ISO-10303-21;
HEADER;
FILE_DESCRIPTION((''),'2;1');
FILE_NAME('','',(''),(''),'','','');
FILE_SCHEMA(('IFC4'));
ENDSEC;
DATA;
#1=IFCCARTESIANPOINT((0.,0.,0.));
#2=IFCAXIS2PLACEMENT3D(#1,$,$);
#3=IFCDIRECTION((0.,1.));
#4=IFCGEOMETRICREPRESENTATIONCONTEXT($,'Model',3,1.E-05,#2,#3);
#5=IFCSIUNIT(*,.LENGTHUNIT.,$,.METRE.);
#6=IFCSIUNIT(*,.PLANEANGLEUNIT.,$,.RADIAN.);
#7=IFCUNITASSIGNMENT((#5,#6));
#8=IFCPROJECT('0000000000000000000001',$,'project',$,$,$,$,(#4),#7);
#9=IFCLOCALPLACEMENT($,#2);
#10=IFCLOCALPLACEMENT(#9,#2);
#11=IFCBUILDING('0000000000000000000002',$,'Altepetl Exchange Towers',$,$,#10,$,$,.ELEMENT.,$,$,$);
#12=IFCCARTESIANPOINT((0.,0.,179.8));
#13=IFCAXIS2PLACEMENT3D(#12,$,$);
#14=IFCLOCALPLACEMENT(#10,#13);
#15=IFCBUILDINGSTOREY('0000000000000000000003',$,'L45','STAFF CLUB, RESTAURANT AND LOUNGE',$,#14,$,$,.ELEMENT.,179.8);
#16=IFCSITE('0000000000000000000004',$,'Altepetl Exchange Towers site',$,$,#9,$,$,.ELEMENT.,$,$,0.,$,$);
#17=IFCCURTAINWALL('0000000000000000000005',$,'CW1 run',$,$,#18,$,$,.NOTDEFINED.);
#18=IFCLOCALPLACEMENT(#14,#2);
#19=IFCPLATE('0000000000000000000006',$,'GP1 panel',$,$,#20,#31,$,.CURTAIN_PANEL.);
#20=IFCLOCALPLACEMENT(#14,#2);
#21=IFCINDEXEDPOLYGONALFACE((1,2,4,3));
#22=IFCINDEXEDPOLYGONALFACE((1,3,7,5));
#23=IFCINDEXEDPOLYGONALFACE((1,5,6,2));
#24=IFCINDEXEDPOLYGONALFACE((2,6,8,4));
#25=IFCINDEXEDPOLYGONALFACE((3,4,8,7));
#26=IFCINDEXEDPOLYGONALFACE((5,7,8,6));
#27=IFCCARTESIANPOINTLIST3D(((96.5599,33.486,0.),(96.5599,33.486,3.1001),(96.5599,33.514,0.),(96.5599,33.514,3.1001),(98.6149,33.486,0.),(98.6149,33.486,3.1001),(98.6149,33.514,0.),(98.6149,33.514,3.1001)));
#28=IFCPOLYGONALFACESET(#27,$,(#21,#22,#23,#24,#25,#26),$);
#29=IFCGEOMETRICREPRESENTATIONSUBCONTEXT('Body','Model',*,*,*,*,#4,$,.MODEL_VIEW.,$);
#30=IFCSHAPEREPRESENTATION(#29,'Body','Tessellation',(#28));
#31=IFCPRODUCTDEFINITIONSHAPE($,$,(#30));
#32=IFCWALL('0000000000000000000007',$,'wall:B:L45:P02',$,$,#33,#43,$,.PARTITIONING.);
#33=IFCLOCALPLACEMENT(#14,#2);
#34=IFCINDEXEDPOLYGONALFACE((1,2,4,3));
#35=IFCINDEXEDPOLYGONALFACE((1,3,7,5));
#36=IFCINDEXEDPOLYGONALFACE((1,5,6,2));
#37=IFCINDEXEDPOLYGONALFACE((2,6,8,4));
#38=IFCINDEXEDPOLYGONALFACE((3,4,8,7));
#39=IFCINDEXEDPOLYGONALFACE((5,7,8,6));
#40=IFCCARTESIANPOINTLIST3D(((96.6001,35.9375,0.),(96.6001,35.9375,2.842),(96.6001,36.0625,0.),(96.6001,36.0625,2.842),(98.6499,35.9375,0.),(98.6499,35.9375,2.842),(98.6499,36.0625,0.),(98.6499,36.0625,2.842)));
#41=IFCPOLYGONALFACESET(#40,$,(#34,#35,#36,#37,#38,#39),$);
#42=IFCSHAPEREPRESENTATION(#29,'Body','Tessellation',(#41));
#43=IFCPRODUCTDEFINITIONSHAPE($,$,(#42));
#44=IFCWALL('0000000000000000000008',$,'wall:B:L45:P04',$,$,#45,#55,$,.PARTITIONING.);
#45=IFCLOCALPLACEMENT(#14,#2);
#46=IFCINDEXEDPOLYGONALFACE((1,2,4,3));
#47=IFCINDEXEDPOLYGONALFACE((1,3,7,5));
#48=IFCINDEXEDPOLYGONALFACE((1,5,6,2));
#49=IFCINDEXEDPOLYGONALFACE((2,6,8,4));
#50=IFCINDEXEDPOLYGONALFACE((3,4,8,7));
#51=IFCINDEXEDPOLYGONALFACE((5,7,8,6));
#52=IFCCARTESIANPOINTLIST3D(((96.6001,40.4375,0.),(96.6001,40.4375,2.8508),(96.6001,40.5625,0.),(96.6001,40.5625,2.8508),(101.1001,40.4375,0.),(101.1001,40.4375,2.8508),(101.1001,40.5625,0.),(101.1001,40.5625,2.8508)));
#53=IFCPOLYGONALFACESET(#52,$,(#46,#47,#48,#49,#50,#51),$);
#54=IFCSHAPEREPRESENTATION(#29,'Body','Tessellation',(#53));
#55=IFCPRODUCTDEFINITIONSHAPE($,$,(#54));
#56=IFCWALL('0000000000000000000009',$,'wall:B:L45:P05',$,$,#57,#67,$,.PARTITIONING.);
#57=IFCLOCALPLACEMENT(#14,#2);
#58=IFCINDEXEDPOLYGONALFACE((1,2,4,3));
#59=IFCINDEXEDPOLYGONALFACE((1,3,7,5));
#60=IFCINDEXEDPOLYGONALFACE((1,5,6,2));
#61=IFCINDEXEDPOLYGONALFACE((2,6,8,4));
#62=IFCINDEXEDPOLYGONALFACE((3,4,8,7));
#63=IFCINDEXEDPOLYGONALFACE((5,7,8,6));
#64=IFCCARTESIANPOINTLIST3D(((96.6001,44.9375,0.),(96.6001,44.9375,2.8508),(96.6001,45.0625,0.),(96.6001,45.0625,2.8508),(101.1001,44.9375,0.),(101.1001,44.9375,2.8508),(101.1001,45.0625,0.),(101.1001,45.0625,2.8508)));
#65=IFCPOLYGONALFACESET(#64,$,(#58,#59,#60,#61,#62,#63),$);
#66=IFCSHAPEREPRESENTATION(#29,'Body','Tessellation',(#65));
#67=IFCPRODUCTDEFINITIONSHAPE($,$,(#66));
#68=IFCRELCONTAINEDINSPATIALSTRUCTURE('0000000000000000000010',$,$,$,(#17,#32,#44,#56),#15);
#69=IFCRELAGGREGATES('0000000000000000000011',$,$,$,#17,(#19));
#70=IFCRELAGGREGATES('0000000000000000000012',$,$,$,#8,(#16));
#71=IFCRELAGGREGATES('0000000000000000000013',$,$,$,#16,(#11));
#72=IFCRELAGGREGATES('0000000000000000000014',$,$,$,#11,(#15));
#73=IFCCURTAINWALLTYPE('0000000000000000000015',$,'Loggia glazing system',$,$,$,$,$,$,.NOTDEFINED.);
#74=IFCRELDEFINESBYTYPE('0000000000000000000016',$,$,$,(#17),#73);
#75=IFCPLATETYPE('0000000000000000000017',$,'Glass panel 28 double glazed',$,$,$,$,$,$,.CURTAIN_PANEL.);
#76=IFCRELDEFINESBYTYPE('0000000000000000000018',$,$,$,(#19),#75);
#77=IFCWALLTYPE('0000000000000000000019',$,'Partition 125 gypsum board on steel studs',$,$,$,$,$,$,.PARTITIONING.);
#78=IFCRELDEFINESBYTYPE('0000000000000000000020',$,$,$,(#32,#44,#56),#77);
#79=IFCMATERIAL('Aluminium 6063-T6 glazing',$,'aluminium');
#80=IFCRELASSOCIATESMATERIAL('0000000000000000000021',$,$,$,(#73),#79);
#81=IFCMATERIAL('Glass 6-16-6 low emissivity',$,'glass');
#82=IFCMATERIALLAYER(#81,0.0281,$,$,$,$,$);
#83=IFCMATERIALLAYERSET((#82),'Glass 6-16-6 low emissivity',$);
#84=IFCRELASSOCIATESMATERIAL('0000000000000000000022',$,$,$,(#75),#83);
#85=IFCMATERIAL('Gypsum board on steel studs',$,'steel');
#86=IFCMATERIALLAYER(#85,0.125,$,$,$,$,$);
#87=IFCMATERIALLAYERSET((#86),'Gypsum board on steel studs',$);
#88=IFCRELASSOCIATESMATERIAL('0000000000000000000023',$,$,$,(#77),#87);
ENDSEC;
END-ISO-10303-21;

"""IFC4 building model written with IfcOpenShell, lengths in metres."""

from ifc_helpers import new_model, si_unit, direction, frame, frame_2d, origin, origin_2d, place, context, subcontext, project, spatial, rectangle, extrude, material, layer, layer_set, type_object, element, aggregate, save


model = new_model("IFC4")

# Units and contexts
model_context = context("Model", 3, precision=1e-05, world=origin(), true_north=direction((0.0, 1.0)))
body_context = subcontext(model_context, "Body", "Model", "MODEL_VIEW")
ifc_project = project(units=[si_unit("LENGTHUNIT", "METRE"), si_unit("PLANEANGLEUNIT", "RADIAN")], contexts=[model_context])

# Site, building, storey
site_placement = place(None, origin())
site = spatial("IfcSite", under=ifc_project, at=site_placement, Name="Altepetl Exchange Towers site", CompositionType="ELEMENT", RefElevation=0.0)
building_placement = place(site_placement, origin())
building = spatial("IfcBuilding", under=site, at=building_placement, Name="Altepetl Exchange Towers", CompositionType="ELEMENT")
storey_placement = place(building_placement, frame((0.0, 0.0, 179.8)))
storey = spatial("IfcBuildingStorey", under=building, at=storey_placement, Name="L45", Description="STAFF CLUB, RESTAURANT AND LOUNGE", CompositionType="ELEMENT", Elevation=179.8)

# Curtain wall
ifc_material_1 = material(Name="Aluminium 6063-T6 glazing", Category="aluminium")
curtain_wall_type = type_object("IfcCurtainWallType", Name="Loggia glazing system", PredefinedType="NOTDEFINED", material=ifc_material_1)
curtain_wall_1_placement = place(storey_placement, origin())
curtain_wall_1 = element("IfcCurtainWall", 1, at=curtain_wall_1_placement, inside=storey, type_object=curtain_wall_type, Name="CW1 run", PredefinedType="NOTDEFINED")

# Plate
ifc_material_2 = material(Name="Glass 6-16-6 low emissivity", Category="glass")
ifc_layer_1 = layer(ifc_material_2, 0.0281)
ifc_layer_set_1 = layer_set([ifc_layer_1], Name="Glass 6-16-6 low emissivity")
plate_type = type_object("IfcPlateType", Name="Glass panel 28 double glazed", PredefinedType="CURTAIN_PANEL", material=ifc_layer_set_1)
plate_1_placement = place(storey_placement, frame((97.5874, 33.5, 0.0)))
plate_1 = element("IfcPlate", 2, at=plate_1_placement, type_object=plate_type, Name="GP1 panel", PredefinedType="CURTAIN_PANEL", context=body_context, shape_type="SweptSolid", body=[
    extrude(rectangle(XDim=2.0549, YDim=0.0281, at=origin_2d()), origin(), (0.0, 0.0, 1.0), 3.1001),
])
aggregate(curtain_wall_1, [plate_1])

# Walls
ifc_material_3 = material(Name="Gypsum board on steel studs", Category="steel")
ifc_layer_2 = layer(ifc_material_3, 0.125)
ifc_layer_set_2 = layer_set([ifc_layer_2], Name="Gypsum board on steel studs")
wall_type = type_object("IfcWallType", Name="Partition 125 gypsum board on steel studs", PredefinedType="PARTITIONING", material=ifc_layer_set_2)
wall_placement = place(storey_placement, frame((96.6001, 36.0, 0.0)))
element("IfcWall", 3, at=wall_placement, inside=storey, type_object=wall_type, Name="wall:B:L45:P02", PredefinedType="PARTITIONING", context=body_context, shape_type="SweptSolid", body=[
    extrude(rectangle(XDim=2.0498, YDim=0.125, at=frame_2d((1.0249, 0.0))), origin(), (0.0, 0.0, 1.0), 2.842),
])
for number, where, name in (
    (4, (96.6001, 40.5, 0.0), "wall:B:L45:P04"),
    (5, (96.6001, 45.0, 0.0), "wall:B:L45:P05"),
):
    element("IfcWall", number, at=place(storey_placement, frame(where)), inside=storey, type_object=wall_type, Name=name, PredefinedType="PARTITIONING", context=body_context, shape_type="SweptSolid", body=[
        extrude(rectangle(XDim=4.5, YDim=0.125, at=frame_2d((2.25, 0.0))), origin(), (0.0, 0.0, 1.0), 2.8508),
    ])

save(model, "model.ifc")
